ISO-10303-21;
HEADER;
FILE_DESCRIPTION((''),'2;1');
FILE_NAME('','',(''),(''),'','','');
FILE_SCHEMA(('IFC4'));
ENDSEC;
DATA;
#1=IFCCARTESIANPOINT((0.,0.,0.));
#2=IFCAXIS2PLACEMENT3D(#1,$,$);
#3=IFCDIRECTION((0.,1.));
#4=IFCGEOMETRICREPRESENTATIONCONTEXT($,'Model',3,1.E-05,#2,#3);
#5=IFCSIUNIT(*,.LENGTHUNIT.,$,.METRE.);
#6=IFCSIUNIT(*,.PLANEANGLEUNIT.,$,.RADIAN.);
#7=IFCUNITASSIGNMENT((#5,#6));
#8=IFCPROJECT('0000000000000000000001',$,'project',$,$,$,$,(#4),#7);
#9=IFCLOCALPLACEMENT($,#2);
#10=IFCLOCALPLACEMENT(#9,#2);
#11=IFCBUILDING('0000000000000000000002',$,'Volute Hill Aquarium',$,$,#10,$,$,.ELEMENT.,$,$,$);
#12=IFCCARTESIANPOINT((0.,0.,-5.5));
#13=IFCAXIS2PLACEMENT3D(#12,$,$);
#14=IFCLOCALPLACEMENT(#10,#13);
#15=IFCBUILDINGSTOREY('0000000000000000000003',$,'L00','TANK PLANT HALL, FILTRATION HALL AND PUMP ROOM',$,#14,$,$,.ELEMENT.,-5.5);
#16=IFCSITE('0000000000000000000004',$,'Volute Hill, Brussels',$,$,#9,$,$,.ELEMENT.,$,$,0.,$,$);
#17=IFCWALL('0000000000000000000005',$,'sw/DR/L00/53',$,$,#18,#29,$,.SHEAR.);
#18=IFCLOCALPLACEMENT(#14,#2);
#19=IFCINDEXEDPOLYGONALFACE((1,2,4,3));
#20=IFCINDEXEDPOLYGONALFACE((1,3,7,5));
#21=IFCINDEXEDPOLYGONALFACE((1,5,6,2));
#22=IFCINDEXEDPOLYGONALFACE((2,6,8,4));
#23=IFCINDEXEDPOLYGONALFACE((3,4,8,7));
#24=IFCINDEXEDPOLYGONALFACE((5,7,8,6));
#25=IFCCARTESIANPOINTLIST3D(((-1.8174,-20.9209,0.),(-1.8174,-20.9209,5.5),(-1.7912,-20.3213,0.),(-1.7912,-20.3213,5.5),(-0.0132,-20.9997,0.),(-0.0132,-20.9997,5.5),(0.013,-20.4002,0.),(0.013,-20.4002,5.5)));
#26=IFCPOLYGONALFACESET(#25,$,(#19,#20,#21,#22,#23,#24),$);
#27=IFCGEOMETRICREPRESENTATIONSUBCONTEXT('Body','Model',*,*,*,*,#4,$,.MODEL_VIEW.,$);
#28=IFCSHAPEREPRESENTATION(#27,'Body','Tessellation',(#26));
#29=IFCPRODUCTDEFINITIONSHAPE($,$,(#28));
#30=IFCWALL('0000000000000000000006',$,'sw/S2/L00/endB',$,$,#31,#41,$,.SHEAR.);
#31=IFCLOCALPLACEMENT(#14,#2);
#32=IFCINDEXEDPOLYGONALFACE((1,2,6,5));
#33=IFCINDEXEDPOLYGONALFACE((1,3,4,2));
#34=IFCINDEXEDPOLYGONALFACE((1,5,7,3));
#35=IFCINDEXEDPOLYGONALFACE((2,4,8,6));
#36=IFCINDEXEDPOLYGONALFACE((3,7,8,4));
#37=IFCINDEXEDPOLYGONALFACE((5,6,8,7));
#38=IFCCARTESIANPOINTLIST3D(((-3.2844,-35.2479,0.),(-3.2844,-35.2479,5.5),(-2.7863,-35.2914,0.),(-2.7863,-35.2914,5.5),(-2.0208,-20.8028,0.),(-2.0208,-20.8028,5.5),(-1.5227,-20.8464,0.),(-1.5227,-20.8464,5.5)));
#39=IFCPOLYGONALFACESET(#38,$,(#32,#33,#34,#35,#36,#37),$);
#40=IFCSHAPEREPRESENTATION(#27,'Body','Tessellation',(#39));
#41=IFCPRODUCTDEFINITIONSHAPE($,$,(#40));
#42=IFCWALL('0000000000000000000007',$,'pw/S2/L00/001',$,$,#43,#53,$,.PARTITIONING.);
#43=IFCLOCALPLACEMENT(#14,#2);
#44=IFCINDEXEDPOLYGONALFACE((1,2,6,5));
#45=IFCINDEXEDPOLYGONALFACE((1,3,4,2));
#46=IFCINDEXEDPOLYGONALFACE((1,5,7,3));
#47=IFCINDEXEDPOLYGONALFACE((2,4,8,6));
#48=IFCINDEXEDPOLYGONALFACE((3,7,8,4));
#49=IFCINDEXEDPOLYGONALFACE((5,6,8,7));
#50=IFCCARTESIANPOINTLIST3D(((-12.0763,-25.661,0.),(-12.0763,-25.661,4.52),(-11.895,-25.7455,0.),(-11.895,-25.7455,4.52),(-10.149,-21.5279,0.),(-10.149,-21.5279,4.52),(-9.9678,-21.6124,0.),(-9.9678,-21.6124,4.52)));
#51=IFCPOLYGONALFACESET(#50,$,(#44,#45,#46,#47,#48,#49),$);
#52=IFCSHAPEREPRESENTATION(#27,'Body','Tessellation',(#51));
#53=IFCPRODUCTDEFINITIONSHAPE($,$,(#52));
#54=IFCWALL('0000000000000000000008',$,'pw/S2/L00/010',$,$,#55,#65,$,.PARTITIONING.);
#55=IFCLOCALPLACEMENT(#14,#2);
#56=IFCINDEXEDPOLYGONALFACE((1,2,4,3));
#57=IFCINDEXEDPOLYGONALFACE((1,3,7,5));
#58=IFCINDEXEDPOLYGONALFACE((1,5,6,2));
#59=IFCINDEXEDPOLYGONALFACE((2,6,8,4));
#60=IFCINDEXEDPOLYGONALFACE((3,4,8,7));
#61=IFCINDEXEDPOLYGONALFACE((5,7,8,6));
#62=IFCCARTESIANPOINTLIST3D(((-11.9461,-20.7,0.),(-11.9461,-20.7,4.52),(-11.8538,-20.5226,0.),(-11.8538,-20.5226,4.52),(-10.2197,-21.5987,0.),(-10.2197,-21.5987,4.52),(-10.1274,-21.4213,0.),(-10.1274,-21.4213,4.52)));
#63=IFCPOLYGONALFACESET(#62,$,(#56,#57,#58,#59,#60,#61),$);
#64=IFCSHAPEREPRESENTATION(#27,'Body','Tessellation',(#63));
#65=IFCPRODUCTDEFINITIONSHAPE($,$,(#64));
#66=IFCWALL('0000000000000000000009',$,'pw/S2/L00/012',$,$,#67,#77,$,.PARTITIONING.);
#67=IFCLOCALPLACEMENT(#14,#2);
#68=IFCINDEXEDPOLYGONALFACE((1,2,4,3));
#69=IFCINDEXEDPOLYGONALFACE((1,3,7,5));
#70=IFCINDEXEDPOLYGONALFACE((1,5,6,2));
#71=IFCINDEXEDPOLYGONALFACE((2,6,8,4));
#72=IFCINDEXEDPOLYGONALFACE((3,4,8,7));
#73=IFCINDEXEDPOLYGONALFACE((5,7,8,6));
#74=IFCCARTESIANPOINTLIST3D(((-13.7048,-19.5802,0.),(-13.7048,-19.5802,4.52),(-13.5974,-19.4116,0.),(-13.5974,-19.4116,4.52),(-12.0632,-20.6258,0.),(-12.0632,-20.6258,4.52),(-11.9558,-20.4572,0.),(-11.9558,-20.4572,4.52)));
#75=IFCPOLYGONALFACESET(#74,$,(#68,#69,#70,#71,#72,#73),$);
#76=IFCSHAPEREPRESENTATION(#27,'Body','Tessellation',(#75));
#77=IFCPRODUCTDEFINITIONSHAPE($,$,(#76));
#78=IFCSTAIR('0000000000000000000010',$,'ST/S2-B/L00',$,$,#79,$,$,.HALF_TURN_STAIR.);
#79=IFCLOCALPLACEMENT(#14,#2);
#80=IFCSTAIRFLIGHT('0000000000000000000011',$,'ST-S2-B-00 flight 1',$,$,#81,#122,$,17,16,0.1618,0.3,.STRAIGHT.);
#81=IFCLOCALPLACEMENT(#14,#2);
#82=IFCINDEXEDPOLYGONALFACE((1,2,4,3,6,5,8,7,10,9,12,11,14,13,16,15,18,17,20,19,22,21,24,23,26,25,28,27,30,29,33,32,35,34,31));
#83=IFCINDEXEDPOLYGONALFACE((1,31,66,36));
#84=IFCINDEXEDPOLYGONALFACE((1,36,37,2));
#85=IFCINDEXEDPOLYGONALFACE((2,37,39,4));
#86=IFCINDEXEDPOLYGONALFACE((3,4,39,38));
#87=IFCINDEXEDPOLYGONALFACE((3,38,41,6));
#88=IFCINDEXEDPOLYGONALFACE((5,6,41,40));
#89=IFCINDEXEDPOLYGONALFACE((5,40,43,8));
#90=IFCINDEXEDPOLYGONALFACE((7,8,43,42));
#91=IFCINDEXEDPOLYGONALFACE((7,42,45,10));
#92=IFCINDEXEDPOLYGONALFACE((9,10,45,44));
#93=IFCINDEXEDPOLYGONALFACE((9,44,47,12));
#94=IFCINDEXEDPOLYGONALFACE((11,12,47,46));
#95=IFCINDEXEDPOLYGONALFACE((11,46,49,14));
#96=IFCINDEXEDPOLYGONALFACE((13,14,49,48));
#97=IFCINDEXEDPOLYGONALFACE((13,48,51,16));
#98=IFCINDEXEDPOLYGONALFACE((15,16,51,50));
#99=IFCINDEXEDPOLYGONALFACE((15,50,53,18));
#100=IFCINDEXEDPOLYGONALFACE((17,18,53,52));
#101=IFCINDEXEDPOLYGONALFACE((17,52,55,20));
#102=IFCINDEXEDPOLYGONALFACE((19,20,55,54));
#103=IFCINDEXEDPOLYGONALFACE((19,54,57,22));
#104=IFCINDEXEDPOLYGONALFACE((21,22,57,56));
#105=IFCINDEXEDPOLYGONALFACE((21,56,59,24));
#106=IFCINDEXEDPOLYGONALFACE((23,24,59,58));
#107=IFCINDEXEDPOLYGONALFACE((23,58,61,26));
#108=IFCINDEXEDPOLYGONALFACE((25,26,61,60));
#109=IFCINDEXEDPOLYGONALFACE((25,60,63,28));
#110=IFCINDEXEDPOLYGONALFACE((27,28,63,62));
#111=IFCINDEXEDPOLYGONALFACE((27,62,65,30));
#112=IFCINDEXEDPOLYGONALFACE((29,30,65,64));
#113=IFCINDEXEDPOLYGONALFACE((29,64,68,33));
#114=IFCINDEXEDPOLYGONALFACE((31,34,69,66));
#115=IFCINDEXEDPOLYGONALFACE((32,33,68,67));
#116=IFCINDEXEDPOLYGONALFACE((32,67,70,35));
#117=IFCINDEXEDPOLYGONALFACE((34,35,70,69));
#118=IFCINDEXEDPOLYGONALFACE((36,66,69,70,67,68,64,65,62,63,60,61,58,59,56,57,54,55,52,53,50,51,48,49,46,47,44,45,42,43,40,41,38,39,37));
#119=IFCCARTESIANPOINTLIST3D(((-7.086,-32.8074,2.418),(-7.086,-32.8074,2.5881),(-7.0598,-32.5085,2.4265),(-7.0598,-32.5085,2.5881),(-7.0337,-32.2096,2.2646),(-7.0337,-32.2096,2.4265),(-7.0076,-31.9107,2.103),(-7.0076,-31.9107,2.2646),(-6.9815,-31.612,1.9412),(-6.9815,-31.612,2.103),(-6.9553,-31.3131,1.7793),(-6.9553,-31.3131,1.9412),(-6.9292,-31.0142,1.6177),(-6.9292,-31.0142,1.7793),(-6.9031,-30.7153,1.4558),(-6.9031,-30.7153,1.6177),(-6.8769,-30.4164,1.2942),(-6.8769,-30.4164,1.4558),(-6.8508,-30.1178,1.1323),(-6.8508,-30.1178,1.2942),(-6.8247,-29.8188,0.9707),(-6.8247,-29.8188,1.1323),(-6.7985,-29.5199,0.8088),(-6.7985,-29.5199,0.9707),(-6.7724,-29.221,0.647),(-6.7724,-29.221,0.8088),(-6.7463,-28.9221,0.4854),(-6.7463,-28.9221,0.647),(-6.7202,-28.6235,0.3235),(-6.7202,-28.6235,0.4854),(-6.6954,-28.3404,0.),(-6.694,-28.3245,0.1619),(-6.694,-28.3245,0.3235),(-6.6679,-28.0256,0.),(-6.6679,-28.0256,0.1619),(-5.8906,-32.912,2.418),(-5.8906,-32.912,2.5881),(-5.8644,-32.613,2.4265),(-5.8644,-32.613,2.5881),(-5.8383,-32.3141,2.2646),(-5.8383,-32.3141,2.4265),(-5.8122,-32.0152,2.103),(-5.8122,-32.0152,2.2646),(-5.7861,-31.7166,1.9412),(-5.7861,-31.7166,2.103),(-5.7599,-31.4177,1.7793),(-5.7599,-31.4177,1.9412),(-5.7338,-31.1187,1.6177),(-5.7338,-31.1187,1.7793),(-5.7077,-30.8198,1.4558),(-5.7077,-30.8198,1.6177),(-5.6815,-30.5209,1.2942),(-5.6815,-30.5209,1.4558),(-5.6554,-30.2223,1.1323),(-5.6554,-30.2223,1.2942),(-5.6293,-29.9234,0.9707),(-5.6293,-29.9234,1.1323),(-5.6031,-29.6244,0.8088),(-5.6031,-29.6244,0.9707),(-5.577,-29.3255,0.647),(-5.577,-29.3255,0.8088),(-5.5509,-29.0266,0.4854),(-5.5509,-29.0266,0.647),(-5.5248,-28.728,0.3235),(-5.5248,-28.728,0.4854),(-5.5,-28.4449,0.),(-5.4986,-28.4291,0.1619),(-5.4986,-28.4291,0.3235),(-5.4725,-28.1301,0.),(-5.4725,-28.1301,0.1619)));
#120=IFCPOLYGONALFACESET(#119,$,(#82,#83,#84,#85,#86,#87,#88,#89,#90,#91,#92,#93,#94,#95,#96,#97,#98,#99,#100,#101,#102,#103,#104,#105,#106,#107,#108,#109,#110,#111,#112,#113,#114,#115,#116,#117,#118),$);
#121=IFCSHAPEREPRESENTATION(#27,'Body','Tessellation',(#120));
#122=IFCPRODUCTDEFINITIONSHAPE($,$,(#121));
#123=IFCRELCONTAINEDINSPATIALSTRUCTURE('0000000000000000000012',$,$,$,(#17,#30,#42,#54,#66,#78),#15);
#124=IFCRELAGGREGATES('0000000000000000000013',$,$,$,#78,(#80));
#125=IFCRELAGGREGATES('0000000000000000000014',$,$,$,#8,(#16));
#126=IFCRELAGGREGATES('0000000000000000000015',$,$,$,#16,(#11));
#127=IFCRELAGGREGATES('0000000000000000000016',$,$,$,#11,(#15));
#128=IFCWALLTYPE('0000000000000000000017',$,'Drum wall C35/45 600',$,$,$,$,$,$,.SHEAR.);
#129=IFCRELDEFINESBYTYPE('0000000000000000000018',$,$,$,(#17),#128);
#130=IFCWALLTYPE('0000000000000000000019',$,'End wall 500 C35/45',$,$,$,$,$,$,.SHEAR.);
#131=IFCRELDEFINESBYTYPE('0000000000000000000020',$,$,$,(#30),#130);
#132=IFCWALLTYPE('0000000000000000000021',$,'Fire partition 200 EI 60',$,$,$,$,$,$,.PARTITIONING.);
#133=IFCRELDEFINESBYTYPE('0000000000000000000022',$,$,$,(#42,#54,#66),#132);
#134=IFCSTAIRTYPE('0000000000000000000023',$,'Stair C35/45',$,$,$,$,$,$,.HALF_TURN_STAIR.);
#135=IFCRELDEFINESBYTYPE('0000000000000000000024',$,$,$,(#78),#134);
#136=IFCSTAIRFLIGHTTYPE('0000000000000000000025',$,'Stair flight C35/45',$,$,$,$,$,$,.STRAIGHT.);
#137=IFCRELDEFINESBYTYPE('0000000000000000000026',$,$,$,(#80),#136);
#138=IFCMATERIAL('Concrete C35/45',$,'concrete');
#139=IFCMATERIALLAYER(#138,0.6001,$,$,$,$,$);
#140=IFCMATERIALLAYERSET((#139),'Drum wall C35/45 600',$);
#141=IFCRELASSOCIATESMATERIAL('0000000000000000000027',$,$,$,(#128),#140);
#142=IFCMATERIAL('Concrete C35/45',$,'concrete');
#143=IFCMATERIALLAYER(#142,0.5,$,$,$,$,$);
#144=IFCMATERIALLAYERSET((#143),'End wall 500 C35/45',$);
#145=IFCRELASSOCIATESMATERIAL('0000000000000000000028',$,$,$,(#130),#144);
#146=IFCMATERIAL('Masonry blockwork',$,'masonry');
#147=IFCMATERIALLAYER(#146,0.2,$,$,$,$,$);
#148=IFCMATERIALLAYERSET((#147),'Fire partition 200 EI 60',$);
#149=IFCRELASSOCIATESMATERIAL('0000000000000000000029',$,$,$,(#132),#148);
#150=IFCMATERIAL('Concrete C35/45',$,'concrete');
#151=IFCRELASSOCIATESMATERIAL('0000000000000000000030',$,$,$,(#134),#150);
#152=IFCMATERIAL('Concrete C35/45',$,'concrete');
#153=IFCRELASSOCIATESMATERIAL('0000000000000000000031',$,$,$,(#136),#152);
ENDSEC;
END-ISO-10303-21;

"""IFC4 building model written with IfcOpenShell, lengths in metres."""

from ifc_helpers import new_model, si_unit, direction, frame, frame_2d, origin, place, context, subcontext, project, spatial, polyline, rectangle, outline, extrude, material, layer, layer_set, type_object, element, aggregate, save


model = new_model("IFC4")

# Units and contexts
model_context = context("Model", 3, precision=1e-05, world=origin(), true_north=direction((0.0, 1.0)))
body_context = subcontext(model_context, "Body", "Model", "MODEL_VIEW")
ifc_project = project(units=[si_unit("LENGTHUNIT", "METRE"), si_unit("PLANEANGLEUNIT", "RADIAN")], contexts=[model_context])

# Site, building, storey
site_placement = place(None, origin())
site = spatial("IfcSite", under=ifc_project, at=site_placement, Name="Volute Hill, Brussels", CompositionType="ELEMENT", RefElevation=0.0)
building_placement = place(site_placement, origin())
building = spatial("IfcBuilding", under=site, at=building_placement, Name="Volute Hill Aquarium", CompositionType="ELEMENT")
storey_placement = place(building_placement, frame((0.0, 0.0, -5.5)))
storey = spatial("IfcBuildingStorey", under=building, at=storey_placement, Name="L00", Description="TANK PLANT HALL, FILTRATION HALL AND PUMP ROOM", CompositionType="ELEMENT", Elevation=-5.5)

# Walls
ifc_material_1 = material(Name="Concrete C35/45", Category="concrete")
ifc_layer_1 = layer(ifc_material_1, 0.6001)
ifc_layer_set_1 = layer_set([ifc_layer_1], Name="Drum wall C35/45 600")
wall_type_1 = type_object("IfcWallType", Name="Drum wall C35/45 600", PredefinedType="SHEAR", material=ifc_layer_set_1)
wall_1_placement = place(storey_placement, frame((-1.8042, -20.6211, 0.0), z_axis=(0.0, 0.0, 1.0), x_axis=(0.999046, -0.043666, 0.0)))
element("IfcWall", 1, at=wall_1_placement, inside=storey, type_object=wall_type_1, Name="sw/DR/L00/53", PredefinedType="SHEAR", context=body_context, shape_type="SweptSolid", body=[
    extrude(rectangle(XDim=1.8059, YDim=0.6001, at=frame_2d((0.9028, 0.0))), origin(), (0.0, 0.0, 1.0), 5.5),
])
ifc_material_2 = material(Name="Concrete C35/45", Category="concrete")
ifc_layer_2 = layer(ifc_material_2, 0.5)
ifc_layer_set_2 = layer_set([ifc_layer_2], Name="End wall 500 C35/45")
wall_type_2 = type_object("IfcWallType", Name="End wall 500 C35/45", PredefinedType="SHEAR", material=ifc_layer_set_2)
wall_2_placement = place(storey_placement, frame((-1.7717, -20.8247, 0.0), z_axis=(0.0, 0.0, 1.0), x_axis=(-0.087148, -0.996195, 0.0)))
element("IfcWall", 2, at=wall_2_placement, inside=storey, type_object=wall_type_2, Name="sw/S2/L00/endB", PredefinedType="SHEAR", context=body_context, shape_type="SweptSolid", body=[
    extrude(rectangle(XDim=14.5002, YDim=0.5, at=frame_2d((7.25, 0.0))), origin(), (0.0, 0.0, 1.0), 5.5),
])
ifc_material_3 = material(Name="Masonry blockwork", Category="masonry")
ifc_layer_3 = layer(ifc_material_3, 0.2)
ifc_layer_set_3 = layer_set([ifc_layer_3], Name="Fire partition 200 EI 60")
wall_type_3 = type_object("IfcWallType", Name="Fire partition 200 EI 60", PredefinedType="PARTITIONING", material=ifc_layer_set_3)
wall_3_placement = place(storey_placement, frame((-10.0583, -21.5701, 0.0), z_axis=(0.0, 0.0, 1.0), x_axis=(-0.422613, -0.90631, 0.0)))
element("IfcWall", 3, at=wall_3_placement, inside=storey, type_object=wall_type_3, Name="pw/S2/L00/001", PredefinedType="PARTITIONING", context=body_context, shape_type="SweptSolid", body=[
    extrude(rectangle(XDim=4.5603, YDim=0.2, at=frame_2d((2.2803, 0.0))), origin(), (0.0, 0.0, 1.0), 4.52),
])
for number, where, z_axis, x_axis, name in (
    (4, (-10.1736, -21.51, 0.0), (0.0, 0.0, 1.0), (-0.887007, 0.461756, 0.0), "pw/S2/L00/010"),
    (5, (-12.0095, -20.5415, 0.0), (0.0, 0.0, 1.0), (-0.843429, 0.537241, 0.0), "pw/S2/L00/012"),
):
    element("IfcWall", number, at=place(storey_placement, frame(where, z_axis=z_axis, x_axis=x_axis)), inside=storey, type_object=wall_type_3, Name=name, PredefinedType="PARTITIONING", context=body_context, shape_type="SweptSolid", body=[
        extrude(rectangle(XDim=1.9463, YDim=0.2, at=frame_2d((0.9731, 0.0))), origin(), (0.0, 0.0, 1.0), 4.52),
    ])

# Stair, stair flight
ifc_material_4 = material(Name="Concrete C35/45", Category="concrete")
stair_type = type_object("IfcStairType", Name="Stair C35/45", PredefinedType="HALF_TURN_STAIR", material=ifc_material_4)
stair_placement = place(storey_placement, origin())
stair = element("IfcStair", 6, at=stair_placement, inside=storey, type_object=stair_type, Name="ST/S2-B/L00", PredefinedType="HALF_TURN_STAIR")
ifc_material_5 = material(Name="Concrete C35/45", Category="concrete")
stair_flight_type = type_object("IfcStairFlightType", Name="Stair flight C35/45", PredefinedType="STRAIGHT", material=ifc_material_5)
stair_flight_placement = place(storey_placement, frame((-6.0703, -28.0779, 0.0), z_axis=(0.0, 0.0, 1.0), x_axis=(-0.0871, -0.9962, 0.0)))
stair_flight = element("IfcStairFlight", 7, at=stair_flight_placement, type_object=stair_flight_type, Name="ST-S2-B-00 flight 1", NumberOfRisers=17, NumberOfTreads=16, PredefinedType="STRAIGHT", RiserHeight=0.1618, TreadLength=0.3, context=body_context, shape_type="SweptSolid", body=[
    extrude(outline(polyline([(0.0, 0.0), (0.0, 0.1619), (0.3, 0.1619), (0.3, 0.3235), (0.6001, 0.3235), (0.6001, 0.4854), (0.8999, 0.4854), (0.8999, 0.647), (1.2, 0.647), (1.2, 0.8088), (1.5, 0.8088), (1.5, 0.9707), (1.8, 0.9707), (1.8, 1.1323), (2.1001, 1.1323), (2.1001, 1.2942), (2.3999, 1.2942), (2.3999, 1.4558), (2.7, 1.4558), (2.7, 1.6177), (3.0, 1.6177), (3.0, 1.7793), (3.3, 1.7793), (3.3, 1.9412), (3.6001, 1.9412), (3.6001, 2.103), (3.8999, 2.103), (3.8999, 2.2646), (4.2, 2.2646), (4.2, 2.4265), (4.5, 2.4265), (4.5, 2.5881), (4.8, 2.5881), (4.8, 2.75), (4.8, 2.418), (0.3159, 0.0), (0.0, 0.0)])), frame((0.0, 0.6001, 0.0), z_axis=(0.0, -1.0, 0.0), x_axis=(1.0, 0.0, 0.0)), (0.0, 0.0, 1.0), 1.2),
])
aggregate(stair, [stair_flight])

save(model, "model.ifc")
